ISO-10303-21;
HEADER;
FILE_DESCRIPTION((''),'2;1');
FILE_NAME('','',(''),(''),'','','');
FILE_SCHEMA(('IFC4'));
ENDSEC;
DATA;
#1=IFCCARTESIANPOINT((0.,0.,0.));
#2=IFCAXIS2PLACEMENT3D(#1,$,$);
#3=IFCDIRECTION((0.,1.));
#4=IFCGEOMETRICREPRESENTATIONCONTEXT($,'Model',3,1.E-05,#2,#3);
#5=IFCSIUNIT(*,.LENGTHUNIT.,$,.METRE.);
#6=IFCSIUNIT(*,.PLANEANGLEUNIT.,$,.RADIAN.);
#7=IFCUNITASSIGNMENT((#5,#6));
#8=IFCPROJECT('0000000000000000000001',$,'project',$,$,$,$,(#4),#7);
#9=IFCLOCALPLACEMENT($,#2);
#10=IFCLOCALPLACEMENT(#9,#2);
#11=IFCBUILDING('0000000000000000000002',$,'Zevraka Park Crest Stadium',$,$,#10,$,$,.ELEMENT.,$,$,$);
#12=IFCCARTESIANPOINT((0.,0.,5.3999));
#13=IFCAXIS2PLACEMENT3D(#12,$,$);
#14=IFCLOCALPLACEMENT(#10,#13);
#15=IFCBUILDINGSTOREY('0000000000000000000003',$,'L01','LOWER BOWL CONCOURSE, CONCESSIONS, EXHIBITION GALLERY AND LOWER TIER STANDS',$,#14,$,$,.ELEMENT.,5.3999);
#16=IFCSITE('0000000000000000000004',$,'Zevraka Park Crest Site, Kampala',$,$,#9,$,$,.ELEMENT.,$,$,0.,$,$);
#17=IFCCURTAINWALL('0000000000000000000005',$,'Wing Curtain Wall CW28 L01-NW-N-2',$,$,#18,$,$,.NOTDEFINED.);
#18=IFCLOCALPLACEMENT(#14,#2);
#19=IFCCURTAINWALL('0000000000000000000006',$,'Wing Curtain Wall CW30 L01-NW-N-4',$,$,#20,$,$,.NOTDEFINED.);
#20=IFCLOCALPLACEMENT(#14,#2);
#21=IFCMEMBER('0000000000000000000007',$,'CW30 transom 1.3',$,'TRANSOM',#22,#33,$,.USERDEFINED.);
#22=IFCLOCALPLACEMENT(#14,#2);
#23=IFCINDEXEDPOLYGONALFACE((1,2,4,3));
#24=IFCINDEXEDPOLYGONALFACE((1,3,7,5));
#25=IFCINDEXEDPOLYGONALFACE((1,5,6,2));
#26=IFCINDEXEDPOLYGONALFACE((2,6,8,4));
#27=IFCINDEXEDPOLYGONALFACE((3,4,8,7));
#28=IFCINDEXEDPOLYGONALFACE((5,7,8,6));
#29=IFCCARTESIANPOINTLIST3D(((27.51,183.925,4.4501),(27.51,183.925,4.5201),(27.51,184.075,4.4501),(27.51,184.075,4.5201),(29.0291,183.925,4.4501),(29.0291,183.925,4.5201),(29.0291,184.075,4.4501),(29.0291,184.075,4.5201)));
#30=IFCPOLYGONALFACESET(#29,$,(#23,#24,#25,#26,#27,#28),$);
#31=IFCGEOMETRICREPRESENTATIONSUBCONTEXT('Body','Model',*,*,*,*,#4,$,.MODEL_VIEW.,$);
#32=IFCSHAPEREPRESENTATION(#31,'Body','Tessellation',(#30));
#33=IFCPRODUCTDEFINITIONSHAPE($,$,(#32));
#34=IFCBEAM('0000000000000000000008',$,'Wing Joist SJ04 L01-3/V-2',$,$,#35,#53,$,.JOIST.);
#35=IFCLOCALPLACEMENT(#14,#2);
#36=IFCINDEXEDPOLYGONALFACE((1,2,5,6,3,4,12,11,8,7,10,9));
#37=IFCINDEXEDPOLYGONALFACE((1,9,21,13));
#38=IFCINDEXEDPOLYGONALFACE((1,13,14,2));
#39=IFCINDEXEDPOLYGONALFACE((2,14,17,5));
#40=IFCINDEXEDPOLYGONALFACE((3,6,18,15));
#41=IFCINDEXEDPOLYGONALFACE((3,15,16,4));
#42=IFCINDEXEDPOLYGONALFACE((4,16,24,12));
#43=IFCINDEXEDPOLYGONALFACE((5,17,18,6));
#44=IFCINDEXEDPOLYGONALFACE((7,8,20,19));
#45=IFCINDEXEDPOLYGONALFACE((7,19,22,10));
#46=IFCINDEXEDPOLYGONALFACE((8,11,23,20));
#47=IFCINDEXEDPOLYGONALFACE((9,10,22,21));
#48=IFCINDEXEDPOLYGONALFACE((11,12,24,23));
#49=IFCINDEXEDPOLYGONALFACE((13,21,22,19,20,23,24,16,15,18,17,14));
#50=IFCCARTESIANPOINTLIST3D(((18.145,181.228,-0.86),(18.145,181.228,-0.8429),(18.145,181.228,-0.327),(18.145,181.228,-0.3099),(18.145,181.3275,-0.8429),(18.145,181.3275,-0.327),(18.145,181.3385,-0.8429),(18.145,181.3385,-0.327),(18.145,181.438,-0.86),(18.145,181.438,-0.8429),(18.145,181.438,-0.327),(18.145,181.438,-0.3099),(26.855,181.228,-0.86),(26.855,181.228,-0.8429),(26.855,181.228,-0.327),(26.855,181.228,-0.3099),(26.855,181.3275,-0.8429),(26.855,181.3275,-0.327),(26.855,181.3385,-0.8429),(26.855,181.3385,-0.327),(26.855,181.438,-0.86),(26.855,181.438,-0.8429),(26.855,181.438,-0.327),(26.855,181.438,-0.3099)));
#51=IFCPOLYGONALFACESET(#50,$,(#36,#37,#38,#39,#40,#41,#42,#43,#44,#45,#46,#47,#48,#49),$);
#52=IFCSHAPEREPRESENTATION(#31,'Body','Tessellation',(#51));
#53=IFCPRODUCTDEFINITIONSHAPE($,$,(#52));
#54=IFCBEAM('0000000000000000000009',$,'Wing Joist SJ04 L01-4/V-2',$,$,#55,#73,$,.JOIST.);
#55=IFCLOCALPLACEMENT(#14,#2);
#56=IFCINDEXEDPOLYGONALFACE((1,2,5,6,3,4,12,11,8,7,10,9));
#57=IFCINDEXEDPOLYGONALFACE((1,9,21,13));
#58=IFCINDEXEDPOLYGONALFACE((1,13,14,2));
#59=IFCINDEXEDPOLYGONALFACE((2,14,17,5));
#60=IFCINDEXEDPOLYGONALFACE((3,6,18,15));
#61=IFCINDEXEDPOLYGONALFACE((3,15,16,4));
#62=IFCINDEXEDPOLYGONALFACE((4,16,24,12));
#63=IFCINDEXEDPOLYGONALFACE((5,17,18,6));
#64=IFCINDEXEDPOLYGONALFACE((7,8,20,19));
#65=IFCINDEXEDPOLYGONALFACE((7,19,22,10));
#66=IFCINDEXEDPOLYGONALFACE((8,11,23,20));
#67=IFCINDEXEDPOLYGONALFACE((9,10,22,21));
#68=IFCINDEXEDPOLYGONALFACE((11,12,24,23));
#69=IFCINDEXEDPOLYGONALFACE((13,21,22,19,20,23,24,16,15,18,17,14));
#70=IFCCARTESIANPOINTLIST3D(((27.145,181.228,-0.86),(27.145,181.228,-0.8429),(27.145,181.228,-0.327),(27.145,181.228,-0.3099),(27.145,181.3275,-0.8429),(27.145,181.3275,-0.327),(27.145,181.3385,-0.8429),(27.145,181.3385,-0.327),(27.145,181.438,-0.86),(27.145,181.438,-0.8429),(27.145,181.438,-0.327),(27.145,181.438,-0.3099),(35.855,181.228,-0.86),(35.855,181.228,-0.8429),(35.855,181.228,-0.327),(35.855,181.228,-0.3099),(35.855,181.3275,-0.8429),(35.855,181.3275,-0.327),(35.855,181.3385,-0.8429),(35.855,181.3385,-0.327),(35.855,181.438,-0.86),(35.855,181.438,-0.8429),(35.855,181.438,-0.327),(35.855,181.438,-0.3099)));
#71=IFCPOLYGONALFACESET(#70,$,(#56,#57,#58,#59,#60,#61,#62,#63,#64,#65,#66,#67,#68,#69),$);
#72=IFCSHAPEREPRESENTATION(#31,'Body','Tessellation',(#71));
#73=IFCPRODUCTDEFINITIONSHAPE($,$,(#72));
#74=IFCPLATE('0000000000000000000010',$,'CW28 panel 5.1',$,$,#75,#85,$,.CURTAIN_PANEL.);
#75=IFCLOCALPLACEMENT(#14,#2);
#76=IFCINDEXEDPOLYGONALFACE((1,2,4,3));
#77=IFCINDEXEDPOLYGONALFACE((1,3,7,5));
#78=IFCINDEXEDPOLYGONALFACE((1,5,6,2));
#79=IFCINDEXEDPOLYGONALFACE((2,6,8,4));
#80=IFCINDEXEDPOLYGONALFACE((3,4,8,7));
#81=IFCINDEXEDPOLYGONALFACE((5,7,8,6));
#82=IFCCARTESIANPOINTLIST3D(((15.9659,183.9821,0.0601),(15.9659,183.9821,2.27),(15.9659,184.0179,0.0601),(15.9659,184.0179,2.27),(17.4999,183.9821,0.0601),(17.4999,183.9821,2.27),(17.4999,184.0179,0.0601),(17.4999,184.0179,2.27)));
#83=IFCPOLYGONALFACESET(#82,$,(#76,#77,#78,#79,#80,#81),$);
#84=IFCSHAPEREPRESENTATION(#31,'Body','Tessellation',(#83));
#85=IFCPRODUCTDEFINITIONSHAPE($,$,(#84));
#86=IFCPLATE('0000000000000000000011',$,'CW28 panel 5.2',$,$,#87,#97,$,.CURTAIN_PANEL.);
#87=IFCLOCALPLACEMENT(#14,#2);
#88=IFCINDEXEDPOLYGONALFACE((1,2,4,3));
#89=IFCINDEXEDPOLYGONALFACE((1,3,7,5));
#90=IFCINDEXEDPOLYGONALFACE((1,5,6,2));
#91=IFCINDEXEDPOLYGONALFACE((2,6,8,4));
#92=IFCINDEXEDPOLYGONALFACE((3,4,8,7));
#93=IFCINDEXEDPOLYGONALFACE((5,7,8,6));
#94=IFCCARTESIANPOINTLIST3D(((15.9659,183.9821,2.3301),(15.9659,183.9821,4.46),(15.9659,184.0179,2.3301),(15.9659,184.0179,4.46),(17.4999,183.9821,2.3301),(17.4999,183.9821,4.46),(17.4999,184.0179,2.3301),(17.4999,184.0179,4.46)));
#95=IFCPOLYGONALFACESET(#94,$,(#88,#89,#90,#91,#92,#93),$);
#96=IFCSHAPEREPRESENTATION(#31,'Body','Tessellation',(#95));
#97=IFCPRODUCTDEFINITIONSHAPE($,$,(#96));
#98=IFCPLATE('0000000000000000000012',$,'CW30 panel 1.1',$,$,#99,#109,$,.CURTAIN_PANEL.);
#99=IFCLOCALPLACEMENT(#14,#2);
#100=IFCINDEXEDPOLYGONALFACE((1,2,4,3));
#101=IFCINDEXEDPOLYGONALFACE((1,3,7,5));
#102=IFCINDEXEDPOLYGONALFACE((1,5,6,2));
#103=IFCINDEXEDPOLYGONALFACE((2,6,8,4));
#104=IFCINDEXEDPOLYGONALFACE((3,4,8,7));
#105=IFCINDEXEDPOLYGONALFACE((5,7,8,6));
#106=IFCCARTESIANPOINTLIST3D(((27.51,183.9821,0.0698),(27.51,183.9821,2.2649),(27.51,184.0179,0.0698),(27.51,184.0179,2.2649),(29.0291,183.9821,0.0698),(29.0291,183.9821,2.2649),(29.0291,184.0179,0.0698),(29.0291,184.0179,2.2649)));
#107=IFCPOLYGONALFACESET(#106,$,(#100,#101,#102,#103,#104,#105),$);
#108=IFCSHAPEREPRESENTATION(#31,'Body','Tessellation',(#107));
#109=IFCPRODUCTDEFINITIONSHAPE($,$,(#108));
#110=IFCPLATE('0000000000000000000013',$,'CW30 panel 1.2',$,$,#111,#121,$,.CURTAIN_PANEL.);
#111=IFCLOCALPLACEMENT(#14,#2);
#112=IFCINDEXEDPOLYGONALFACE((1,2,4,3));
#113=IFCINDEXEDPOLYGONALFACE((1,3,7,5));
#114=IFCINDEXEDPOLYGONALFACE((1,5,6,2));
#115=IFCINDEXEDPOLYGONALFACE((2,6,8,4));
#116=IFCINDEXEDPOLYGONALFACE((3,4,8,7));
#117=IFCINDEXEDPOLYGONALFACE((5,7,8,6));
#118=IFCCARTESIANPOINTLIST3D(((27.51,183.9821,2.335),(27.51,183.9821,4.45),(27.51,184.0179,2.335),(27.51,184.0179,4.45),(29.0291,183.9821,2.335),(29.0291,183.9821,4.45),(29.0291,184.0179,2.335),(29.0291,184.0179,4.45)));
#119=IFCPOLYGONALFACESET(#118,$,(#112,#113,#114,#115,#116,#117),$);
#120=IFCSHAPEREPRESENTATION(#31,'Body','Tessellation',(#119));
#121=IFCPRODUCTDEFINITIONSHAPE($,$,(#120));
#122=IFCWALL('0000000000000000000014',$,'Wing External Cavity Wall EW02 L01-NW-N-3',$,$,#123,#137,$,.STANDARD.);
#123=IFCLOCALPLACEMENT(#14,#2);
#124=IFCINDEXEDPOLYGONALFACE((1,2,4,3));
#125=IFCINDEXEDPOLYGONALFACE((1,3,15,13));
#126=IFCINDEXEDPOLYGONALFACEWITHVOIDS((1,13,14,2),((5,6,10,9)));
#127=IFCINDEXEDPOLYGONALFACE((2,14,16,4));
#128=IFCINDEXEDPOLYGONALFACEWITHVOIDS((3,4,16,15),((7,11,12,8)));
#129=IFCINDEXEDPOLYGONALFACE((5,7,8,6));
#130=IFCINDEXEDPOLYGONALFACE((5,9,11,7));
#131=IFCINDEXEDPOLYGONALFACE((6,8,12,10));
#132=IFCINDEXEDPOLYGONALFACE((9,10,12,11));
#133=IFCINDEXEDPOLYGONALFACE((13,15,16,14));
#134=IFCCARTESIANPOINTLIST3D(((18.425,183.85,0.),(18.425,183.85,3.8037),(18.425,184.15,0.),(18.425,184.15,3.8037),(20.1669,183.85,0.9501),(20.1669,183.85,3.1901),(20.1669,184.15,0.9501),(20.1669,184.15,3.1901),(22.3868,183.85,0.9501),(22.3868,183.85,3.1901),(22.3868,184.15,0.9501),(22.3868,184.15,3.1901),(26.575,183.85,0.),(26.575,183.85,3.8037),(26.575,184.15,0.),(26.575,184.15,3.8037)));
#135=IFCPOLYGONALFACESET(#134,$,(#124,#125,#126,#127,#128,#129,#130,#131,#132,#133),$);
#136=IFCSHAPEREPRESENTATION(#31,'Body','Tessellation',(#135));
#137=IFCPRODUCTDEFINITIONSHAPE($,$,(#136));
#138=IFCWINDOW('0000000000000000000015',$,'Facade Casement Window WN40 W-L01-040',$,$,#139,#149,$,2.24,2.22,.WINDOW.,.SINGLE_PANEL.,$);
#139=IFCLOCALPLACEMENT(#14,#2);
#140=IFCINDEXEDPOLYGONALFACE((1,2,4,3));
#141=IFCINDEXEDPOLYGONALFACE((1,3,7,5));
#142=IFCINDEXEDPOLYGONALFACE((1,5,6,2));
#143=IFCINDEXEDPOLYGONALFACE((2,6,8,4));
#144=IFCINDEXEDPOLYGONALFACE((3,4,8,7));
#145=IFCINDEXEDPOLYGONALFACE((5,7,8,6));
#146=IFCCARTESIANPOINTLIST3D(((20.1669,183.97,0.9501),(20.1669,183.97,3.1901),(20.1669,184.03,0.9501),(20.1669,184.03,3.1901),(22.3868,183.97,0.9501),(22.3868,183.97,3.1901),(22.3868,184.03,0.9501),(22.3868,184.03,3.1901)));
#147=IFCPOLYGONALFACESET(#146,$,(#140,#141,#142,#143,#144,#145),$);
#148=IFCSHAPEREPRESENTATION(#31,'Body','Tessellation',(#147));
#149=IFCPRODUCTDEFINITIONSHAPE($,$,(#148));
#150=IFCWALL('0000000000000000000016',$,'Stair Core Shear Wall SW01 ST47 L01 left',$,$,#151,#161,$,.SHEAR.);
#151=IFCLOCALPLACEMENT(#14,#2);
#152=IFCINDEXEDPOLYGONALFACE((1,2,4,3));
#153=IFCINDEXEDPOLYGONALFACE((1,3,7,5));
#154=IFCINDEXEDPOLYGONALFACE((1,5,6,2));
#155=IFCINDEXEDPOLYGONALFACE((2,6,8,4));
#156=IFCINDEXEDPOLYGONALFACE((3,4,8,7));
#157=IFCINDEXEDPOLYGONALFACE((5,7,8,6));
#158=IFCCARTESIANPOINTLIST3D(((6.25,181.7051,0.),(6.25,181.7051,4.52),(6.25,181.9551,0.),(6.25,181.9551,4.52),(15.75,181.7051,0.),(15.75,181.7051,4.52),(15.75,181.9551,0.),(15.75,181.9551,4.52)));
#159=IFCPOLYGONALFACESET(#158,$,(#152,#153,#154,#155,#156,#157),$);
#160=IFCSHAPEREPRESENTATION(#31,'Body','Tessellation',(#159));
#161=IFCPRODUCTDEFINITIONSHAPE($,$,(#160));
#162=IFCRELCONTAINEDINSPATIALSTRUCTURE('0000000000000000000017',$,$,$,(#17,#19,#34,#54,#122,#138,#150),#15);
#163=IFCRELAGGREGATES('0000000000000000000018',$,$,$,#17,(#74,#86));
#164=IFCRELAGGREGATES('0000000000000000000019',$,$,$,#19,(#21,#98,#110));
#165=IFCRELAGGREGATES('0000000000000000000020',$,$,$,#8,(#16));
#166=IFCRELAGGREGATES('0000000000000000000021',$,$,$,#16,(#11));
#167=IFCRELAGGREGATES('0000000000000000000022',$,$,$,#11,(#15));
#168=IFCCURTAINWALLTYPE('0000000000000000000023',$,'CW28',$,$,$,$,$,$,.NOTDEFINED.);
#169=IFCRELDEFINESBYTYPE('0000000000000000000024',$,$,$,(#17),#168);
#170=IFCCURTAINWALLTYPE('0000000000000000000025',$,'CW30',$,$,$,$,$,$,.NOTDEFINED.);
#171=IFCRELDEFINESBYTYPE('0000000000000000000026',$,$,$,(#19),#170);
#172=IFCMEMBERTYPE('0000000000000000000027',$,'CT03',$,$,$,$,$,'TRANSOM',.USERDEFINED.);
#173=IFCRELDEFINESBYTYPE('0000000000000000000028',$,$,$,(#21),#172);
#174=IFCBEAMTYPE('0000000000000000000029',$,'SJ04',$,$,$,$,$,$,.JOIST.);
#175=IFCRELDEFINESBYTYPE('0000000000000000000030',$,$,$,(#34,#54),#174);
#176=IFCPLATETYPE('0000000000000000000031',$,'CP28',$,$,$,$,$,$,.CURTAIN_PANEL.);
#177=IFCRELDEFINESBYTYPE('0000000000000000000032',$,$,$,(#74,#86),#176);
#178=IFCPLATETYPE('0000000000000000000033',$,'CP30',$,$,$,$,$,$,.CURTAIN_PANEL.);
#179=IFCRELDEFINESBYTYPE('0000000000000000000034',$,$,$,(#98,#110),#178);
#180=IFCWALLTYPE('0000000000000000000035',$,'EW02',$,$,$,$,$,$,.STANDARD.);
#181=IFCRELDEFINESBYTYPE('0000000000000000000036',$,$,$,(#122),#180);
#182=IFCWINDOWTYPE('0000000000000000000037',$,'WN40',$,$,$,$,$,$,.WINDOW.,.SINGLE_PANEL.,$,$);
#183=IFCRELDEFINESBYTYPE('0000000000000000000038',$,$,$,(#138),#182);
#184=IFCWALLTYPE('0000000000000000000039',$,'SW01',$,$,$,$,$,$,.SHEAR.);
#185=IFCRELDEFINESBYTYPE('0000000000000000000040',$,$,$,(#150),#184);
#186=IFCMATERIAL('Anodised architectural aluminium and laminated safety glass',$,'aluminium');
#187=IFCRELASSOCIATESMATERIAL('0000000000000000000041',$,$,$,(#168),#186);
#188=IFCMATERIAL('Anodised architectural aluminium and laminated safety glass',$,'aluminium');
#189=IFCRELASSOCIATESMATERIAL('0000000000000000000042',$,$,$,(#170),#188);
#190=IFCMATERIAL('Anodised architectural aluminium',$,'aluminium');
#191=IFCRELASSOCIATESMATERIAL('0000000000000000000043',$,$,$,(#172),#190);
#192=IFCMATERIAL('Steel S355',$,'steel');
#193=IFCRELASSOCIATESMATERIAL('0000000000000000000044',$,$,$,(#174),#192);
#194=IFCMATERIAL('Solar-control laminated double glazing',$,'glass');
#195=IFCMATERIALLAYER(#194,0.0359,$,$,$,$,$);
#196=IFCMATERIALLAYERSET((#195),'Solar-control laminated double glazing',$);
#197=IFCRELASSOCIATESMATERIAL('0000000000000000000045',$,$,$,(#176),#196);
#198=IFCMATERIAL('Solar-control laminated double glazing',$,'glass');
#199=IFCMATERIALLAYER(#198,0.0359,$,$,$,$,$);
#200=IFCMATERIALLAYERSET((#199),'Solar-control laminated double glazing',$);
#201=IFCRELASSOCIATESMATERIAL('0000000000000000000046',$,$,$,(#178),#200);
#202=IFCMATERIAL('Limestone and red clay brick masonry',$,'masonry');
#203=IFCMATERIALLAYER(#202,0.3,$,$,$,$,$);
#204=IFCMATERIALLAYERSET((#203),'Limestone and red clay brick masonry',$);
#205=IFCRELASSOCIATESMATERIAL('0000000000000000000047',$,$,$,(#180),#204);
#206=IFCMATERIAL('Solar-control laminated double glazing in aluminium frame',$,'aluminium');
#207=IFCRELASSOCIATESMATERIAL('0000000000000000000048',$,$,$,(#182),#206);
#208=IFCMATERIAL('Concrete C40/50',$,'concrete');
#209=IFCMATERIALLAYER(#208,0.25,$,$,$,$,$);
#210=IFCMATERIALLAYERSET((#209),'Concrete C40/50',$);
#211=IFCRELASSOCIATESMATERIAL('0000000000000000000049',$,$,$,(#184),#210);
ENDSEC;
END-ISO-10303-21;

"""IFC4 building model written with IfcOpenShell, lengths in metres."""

from ifc_helpers import new_model, si_unit, direction, frame, frame_2d, origin, origin_2d, place, context, subcontext, project, spatial, rectangle, i_section, extrude, material, layer, layer_set, material_profile, profile_set, type_object, element, fill, aggregate, save


model = new_model("IFC4")

# Units and contexts
model_context = context("Model", 3, precision=1e-05, world=origin(), true_north=direction((0.0, 1.0)))
body_context = subcontext(model_context, "Body", "Model", "MODEL_VIEW")
ifc_project = project(units=[si_unit("LENGTHUNIT", "METRE"), si_unit("PLANEANGLEUNIT", "RADIAN")], contexts=[model_context])

# Site, building, storey
site_placement = place(None, origin())
site = spatial("IfcSite", under=ifc_project, at=site_placement, Name="Zevraka Park Crest Site, Kampala", CompositionType="ELEMENT", RefElevation=0.0)
building_placement = place(site_placement, origin())
building = spatial("IfcBuilding", under=site, at=building_placement, Name="Zevraka Park Crest Stadium", CompositionType="ELEMENT")
storey_placement = place(building_placement, frame((0.0, 0.0, 5.3999)))
storey = spatial("IfcBuildingStorey", under=building, at=storey_placement, Name="L01", Description="LOWER BOWL CONCOURSE, CONCESSIONS, EXHIBITION GALLERY AND LOWER TIER STANDS", CompositionType="ELEMENT", Elevation=5.3999)

# Curtain wall
ifc_material_1 = material(Name="Anodised architectural aluminium and laminated safety glass", Category="aluminium")
curtain_wall_type_1 = type_object("IfcCurtainWallType", Name="CW28", PredefinedType="NOTDEFINED", material=ifc_material_1)
curtain_wall_1_placement = place(storey_placement, origin())
curtain_wall_1 = element("IfcCurtainWall", 1, at=curtain_wall_1_placement, inside=storey, type_object=curtain_wall_type_1, Name="Wing Curtain Wall CW28 L01-NW-N-2", PredefinedType="NOTDEFINED")

# Curtain wall
ifc_material_2 = material(Name="Anodised architectural aluminium and laminated safety glass", Category="aluminium")
curtain_wall_type_2 = type_object("IfcCurtainWallType", Name="CW30", PredefinedType="NOTDEFINED", material=ifc_material_2)
curtain_wall_2_placement = place(storey_placement, origin())
curtain_wall_2 = element("IfcCurtainWall", 2, at=curtain_wall_2_placement, inside=storey, type_object=curtain_wall_type_2, Name="Wing Curtain Wall CW30 L01-NW-N-4", PredefinedType="NOTDEFINED")

# Member
ifc_material_3 = material(Name="Anodised architectural aluminium", Category="aluminium")
ifc_material_profile_1 = material_profile(ifc_material_3, rectangle(XDim=0.1499, YDim=0.0701, at=origin_2d()), Name="ALU TRANSOM 150x70")
ifc_profile_set_1 = profile_set([ifc_material_profile_1], Name="Anodised architectural aluminium")
member_type_1 = type_object("IfcMemberType", Name="CT03", ElementType="TRANSOM", PredefinedType="USERDEFINED", material=ifc_profile_set_1)
member_1_placement = place(storey_placement, frame((27.51, 184.0, 4.4851), z_axis=(1.0, 0.0, 0.0), x_axis=(0.0, 1.0, 0.0)))
member_1 = element("IfcMember", 3, at=member_1_placement, type_object=member_type_1, Name="CW30 transom 1.3", ObjectType="TRANSOM", PredefinedType="USERDEFINED", context=body_context, shape_type="SweptSolid", body=[
    extrude(rectangle(XDim=0.1499, YDim=0.0701, at=origin_2d()), origin(), (0.0, 0.0, 1.0), 1.519),
])

# Beams
ifc_material_4 = material(Name="Steel S355", Category="steel")
ifc_material_profile_2 = material_profile(ifc_material_4, i_section(OverallWidth=0.21, OverallDepth=0.55, WebThickness=0.011, FlangeThickness=0.0171, at=origin_2d()), Name="IPE 550")
ifc_profile_set_2 = profile_set([ifc_material_profile_2], Name="Steel S355")
beam_type_1 = type_object("IfcBeamType", Name="SJ04", PredefinedType="JOIST", material=ifc_profile_set_2)
for number, where, z_axis, x_axis, name in (
    (4, (18.145, 181.333, -0.585), (1.0, 0.0, 0.0), (0.0, 1.0, 0.0), "Wing Joist SJ04 L01-3/V-2"),
    (5, (27.145, 181.333, -0.585), (1.0, 0.0, 0.0), (0.0, 1.0, 0.0), "Wing Joist SJ04 L01-4/V-2"),
):
    element("IfcBeam", number, at=place(storey_placement, frame(where, z_axis=z_axis, x_axis=x_axis)), inside=storey, type_object=beam_type_1, Name=name, PredefinedType="JOIST", context=body_context, shape_type="SweptSolid", body=[
        extrude(i_section(OverallWidth=0.21, OverallDepth=0.55, WebThickness=0.011, FlangeThickness=0.0171, at=origin_2d()), origin(), (0.0, 0.0, 1.0), 8.71),
    ])

# Plates
ifc_material_5 = material(Name="Solar-control laminated double glazing", Category="glass")
ifc_layer_1 = layer(ifc_material_5, 0.0359)
ifc_layer_set_1 = layer_set([ifc_layer_1], Name="Solar-control laminated double glazing")
plate_type_1 = type_object("IfcPlateType", Name="CP28", PredefinedType="CURTAIN_PANEL", material=ifc_layer_set_1)
plate_1_placement = place(storey_placement, frame((16.7329, 184.0, 0.0601), z_axis=(0.0, 0.0, 1.0), x_axis=(1.0, 0.0, 0.0)))
plate_1 = element("IfcPlate", 6, at=plate_1_placement, type_object=plate_type_1, Name="CW28 panel 5.1", PredefinedType="CURTAIN_PANEL", context=body_context, shape_type="SweptSolid", body=[
    extrude(rectangle(XDim=1.5339, YDim=0.0359, at=origin_2d()), origin(), (0.0, 0.0, 1.0), 2.21),
])
plate_2_placement = place(storey_placement, frame((16.7329, 184.0, 2.3301), z_axis=(0.0, 0.0, 1.0), x_axis=(1.0, 0.0, 0.0)))
plate_2 = element("IfcPlate", 7, at=plate_2_placement, type_object=plate_type_1, Name="CW28 panel 5.2", PredefinedType="CURTAIN_PANEL", context=body_context, shape_type="SweptSolid", body=[
    extrude(rectangle(XDim=1.5339, YDim=0.0359, at=origin_2d()), origin(), (0.0, 0.0, 1.0), 2.1299),
])
aggregate(curtain_wall_1, [plate_1, plate_2])
ifc_material_6 = material(Name="Solar-control laminated double glazing", Category="glass")
ifc_layer_2 = layer(ifc_material_6, 0.0359)
ifc_layer_set_2 = layer_set([ifc_layer_2], Name="Solar-control laminated double glazing")
plate_type_2 = type_object("IfcPlateType", Name="CP30", PredefinedType="CURTAIN_PANEL", material=ifc_layer_set_2)
plate_3_placement = place(storey_placement, frame((28.2695, 184.0, 0.0698), z_axis=(0.0, 0.0, 1.0), x_axis=(1.0, 0.0, 0.0)))
plate_3 = element("IfcPlate", 8, at=plate_3_placement, type_object=plate_type_2, Name="CW30 panel 1.1", PredefinedType="CURTAIN_PANEL", context=body_context, shape_type="SweptSolid", body=[
    extrude(rectangle(XDim=1.519, YDim=0.0359, at=origin_2d()), origin(), (0.0, 0.0, 1.0), 2.1951),
])
plate_4_placement = place(storey_placement, frame((28.2695, 184.0, 2.335), z_axis=(0.0, 0.0, 1.0), x_axis=(1.0, 0.0, 0.0)))
plate_4 = element("IfcPlate", 9, at=plate_4_placement, type_object=plate_type_2, Name="CW30 panel 1.2", PredefinedType="CURTAIN_PANEL", context=body_context, shape_type="SweptSolid", body=[
    extrude(rectangle(XDim=1.519, YDim=0.0359, at=origin_2d()), origin(), (0.0, 0.0, 1.0), 2.115),
])
aggregate(curtain_wall_2, [member_1, plate_3, plate_4])

# Wall, opening, window
ifc_material_7 = material(Name="Limestone and red clay brick masonry", Category="masonry")
ifc_layer_3 = layer(ifc_material_7, 0.3)
ifc_layer_set_3 = layer_set([ifc_layer_3], Name="Limestone and red clay brick masonry")
wall_type_1 = type_object("IfcWallType", Name="EW02", PredefinedType="STANDARD", material=ifc_layer_set_3)
wall_1_placement = place(storey_placement, frame((18.425, 184.0, 0.0), z_axis=(0.0, 0.0, 1.0), x_axis=(1.0, 0.0, 0.0)))
wall_1 = element("IfcWall", 10, at=wall_1_placement, inside=storey, type_object=wall_type_1, Name="Wing External Cavity Wall EW02 L01-NW-N-3", PredefinedType="STANDARD", context=body_context, shape_type="SweptSolid", body=[
    extrude(rectangle(XDim=8.1499, YDim=0.3, at=frame_2d((4.075, 0.0))), origin(), (0.0, 0.0, 1.0), 3.8037),
])
opening_placement = place(wall_1_placement, frame((1.7419, 0.0, 0.95)))
opening = element("IfcOpeningElement", 11, at=opening_placement, cuts=wall_1, PredefinedType="OPENING", context=body_context, shape_type="SweptSolid", body=[
    extrude(rectangle(XDim=2.22, YDim=2.24, at=frame_2d((1.1099, 1.1201))), frame((0.0, 0.1599, 0.0), z_axis=(0.0, -1.0, 0.0), x_axis=(1.0, 0.0, 0.0)), (0.0, 0.0, 1.0), 0.3201),
])
ifc_material_8 = material(Name="Solar-control laminated double glazing in aluminium frame", Category="aluminium")
window_type = type_object("IfcWindowType", Name="WN40", PartitioningType="SINGLE_PANEL", PredefinedType="WINDOW", material=ifc_material_8)
window_placement = place(opening_placement, origin())
window = element("IfcWindow", 12, at=window_placement, inside=storey, type_object=window_type, Name="Facade Casement Window WN40 W-L01-040", OverallHeight=2.24, OverallWidth=2.22, PartitioningType="SINGLE_PANEL", PredefinedType="WINDOW", context=body_context, shape_type="SweptSolid", body=[
    extrude(rectangle(XDim=2.22, YDim=2.24, at=frame_2d((1.1099, 1.1201))), frame((0.0, 0.03, 0.0), z_axis=(0.0, -1.0, 0.0), x_axis=(1.0, 0.0, 0.0)), (0.0, 0.0, 1.0), 0.0601),
])
fill(opening, window)

# Wall
ifc_material_9 = material(Name="Concrete C40/50", Category="concrete")
ifc_layer_4 = layer(ifc_material_9, 0.25)
ifc_layer_set_4 = layer_set([ifc_layer_4], Name="Concrete C40/50")
wall_type_2 = type_object("IfcWallType", Name="SW01", PredefinedType="SHEAR", material=ifc_layer_set_4)
wall_2_placement = place(storey_placement, frame((15.75, 181.8301, 0.0), z_axis=(0.0, 0.0, 1.0), x_axis=(-1.0, 0.0, 0.0)))
element("IfcWall", 13, at=wall_2_placement, inside=storey, type_object=wall_type_2, Name="Stair Core Shear Wall SW01 ST47 L01 left", PredefinedType="SHEAR", context=body_context, shape_type="SweptSolid", body=[
    extrude(rectangle(XDim=9.5, YDim=0.25, at=frame_2d((4.75, 0.0))), origin(), (0.0, 0.0, 1.0), 4.52),
])

save(model, "model.ifc")
